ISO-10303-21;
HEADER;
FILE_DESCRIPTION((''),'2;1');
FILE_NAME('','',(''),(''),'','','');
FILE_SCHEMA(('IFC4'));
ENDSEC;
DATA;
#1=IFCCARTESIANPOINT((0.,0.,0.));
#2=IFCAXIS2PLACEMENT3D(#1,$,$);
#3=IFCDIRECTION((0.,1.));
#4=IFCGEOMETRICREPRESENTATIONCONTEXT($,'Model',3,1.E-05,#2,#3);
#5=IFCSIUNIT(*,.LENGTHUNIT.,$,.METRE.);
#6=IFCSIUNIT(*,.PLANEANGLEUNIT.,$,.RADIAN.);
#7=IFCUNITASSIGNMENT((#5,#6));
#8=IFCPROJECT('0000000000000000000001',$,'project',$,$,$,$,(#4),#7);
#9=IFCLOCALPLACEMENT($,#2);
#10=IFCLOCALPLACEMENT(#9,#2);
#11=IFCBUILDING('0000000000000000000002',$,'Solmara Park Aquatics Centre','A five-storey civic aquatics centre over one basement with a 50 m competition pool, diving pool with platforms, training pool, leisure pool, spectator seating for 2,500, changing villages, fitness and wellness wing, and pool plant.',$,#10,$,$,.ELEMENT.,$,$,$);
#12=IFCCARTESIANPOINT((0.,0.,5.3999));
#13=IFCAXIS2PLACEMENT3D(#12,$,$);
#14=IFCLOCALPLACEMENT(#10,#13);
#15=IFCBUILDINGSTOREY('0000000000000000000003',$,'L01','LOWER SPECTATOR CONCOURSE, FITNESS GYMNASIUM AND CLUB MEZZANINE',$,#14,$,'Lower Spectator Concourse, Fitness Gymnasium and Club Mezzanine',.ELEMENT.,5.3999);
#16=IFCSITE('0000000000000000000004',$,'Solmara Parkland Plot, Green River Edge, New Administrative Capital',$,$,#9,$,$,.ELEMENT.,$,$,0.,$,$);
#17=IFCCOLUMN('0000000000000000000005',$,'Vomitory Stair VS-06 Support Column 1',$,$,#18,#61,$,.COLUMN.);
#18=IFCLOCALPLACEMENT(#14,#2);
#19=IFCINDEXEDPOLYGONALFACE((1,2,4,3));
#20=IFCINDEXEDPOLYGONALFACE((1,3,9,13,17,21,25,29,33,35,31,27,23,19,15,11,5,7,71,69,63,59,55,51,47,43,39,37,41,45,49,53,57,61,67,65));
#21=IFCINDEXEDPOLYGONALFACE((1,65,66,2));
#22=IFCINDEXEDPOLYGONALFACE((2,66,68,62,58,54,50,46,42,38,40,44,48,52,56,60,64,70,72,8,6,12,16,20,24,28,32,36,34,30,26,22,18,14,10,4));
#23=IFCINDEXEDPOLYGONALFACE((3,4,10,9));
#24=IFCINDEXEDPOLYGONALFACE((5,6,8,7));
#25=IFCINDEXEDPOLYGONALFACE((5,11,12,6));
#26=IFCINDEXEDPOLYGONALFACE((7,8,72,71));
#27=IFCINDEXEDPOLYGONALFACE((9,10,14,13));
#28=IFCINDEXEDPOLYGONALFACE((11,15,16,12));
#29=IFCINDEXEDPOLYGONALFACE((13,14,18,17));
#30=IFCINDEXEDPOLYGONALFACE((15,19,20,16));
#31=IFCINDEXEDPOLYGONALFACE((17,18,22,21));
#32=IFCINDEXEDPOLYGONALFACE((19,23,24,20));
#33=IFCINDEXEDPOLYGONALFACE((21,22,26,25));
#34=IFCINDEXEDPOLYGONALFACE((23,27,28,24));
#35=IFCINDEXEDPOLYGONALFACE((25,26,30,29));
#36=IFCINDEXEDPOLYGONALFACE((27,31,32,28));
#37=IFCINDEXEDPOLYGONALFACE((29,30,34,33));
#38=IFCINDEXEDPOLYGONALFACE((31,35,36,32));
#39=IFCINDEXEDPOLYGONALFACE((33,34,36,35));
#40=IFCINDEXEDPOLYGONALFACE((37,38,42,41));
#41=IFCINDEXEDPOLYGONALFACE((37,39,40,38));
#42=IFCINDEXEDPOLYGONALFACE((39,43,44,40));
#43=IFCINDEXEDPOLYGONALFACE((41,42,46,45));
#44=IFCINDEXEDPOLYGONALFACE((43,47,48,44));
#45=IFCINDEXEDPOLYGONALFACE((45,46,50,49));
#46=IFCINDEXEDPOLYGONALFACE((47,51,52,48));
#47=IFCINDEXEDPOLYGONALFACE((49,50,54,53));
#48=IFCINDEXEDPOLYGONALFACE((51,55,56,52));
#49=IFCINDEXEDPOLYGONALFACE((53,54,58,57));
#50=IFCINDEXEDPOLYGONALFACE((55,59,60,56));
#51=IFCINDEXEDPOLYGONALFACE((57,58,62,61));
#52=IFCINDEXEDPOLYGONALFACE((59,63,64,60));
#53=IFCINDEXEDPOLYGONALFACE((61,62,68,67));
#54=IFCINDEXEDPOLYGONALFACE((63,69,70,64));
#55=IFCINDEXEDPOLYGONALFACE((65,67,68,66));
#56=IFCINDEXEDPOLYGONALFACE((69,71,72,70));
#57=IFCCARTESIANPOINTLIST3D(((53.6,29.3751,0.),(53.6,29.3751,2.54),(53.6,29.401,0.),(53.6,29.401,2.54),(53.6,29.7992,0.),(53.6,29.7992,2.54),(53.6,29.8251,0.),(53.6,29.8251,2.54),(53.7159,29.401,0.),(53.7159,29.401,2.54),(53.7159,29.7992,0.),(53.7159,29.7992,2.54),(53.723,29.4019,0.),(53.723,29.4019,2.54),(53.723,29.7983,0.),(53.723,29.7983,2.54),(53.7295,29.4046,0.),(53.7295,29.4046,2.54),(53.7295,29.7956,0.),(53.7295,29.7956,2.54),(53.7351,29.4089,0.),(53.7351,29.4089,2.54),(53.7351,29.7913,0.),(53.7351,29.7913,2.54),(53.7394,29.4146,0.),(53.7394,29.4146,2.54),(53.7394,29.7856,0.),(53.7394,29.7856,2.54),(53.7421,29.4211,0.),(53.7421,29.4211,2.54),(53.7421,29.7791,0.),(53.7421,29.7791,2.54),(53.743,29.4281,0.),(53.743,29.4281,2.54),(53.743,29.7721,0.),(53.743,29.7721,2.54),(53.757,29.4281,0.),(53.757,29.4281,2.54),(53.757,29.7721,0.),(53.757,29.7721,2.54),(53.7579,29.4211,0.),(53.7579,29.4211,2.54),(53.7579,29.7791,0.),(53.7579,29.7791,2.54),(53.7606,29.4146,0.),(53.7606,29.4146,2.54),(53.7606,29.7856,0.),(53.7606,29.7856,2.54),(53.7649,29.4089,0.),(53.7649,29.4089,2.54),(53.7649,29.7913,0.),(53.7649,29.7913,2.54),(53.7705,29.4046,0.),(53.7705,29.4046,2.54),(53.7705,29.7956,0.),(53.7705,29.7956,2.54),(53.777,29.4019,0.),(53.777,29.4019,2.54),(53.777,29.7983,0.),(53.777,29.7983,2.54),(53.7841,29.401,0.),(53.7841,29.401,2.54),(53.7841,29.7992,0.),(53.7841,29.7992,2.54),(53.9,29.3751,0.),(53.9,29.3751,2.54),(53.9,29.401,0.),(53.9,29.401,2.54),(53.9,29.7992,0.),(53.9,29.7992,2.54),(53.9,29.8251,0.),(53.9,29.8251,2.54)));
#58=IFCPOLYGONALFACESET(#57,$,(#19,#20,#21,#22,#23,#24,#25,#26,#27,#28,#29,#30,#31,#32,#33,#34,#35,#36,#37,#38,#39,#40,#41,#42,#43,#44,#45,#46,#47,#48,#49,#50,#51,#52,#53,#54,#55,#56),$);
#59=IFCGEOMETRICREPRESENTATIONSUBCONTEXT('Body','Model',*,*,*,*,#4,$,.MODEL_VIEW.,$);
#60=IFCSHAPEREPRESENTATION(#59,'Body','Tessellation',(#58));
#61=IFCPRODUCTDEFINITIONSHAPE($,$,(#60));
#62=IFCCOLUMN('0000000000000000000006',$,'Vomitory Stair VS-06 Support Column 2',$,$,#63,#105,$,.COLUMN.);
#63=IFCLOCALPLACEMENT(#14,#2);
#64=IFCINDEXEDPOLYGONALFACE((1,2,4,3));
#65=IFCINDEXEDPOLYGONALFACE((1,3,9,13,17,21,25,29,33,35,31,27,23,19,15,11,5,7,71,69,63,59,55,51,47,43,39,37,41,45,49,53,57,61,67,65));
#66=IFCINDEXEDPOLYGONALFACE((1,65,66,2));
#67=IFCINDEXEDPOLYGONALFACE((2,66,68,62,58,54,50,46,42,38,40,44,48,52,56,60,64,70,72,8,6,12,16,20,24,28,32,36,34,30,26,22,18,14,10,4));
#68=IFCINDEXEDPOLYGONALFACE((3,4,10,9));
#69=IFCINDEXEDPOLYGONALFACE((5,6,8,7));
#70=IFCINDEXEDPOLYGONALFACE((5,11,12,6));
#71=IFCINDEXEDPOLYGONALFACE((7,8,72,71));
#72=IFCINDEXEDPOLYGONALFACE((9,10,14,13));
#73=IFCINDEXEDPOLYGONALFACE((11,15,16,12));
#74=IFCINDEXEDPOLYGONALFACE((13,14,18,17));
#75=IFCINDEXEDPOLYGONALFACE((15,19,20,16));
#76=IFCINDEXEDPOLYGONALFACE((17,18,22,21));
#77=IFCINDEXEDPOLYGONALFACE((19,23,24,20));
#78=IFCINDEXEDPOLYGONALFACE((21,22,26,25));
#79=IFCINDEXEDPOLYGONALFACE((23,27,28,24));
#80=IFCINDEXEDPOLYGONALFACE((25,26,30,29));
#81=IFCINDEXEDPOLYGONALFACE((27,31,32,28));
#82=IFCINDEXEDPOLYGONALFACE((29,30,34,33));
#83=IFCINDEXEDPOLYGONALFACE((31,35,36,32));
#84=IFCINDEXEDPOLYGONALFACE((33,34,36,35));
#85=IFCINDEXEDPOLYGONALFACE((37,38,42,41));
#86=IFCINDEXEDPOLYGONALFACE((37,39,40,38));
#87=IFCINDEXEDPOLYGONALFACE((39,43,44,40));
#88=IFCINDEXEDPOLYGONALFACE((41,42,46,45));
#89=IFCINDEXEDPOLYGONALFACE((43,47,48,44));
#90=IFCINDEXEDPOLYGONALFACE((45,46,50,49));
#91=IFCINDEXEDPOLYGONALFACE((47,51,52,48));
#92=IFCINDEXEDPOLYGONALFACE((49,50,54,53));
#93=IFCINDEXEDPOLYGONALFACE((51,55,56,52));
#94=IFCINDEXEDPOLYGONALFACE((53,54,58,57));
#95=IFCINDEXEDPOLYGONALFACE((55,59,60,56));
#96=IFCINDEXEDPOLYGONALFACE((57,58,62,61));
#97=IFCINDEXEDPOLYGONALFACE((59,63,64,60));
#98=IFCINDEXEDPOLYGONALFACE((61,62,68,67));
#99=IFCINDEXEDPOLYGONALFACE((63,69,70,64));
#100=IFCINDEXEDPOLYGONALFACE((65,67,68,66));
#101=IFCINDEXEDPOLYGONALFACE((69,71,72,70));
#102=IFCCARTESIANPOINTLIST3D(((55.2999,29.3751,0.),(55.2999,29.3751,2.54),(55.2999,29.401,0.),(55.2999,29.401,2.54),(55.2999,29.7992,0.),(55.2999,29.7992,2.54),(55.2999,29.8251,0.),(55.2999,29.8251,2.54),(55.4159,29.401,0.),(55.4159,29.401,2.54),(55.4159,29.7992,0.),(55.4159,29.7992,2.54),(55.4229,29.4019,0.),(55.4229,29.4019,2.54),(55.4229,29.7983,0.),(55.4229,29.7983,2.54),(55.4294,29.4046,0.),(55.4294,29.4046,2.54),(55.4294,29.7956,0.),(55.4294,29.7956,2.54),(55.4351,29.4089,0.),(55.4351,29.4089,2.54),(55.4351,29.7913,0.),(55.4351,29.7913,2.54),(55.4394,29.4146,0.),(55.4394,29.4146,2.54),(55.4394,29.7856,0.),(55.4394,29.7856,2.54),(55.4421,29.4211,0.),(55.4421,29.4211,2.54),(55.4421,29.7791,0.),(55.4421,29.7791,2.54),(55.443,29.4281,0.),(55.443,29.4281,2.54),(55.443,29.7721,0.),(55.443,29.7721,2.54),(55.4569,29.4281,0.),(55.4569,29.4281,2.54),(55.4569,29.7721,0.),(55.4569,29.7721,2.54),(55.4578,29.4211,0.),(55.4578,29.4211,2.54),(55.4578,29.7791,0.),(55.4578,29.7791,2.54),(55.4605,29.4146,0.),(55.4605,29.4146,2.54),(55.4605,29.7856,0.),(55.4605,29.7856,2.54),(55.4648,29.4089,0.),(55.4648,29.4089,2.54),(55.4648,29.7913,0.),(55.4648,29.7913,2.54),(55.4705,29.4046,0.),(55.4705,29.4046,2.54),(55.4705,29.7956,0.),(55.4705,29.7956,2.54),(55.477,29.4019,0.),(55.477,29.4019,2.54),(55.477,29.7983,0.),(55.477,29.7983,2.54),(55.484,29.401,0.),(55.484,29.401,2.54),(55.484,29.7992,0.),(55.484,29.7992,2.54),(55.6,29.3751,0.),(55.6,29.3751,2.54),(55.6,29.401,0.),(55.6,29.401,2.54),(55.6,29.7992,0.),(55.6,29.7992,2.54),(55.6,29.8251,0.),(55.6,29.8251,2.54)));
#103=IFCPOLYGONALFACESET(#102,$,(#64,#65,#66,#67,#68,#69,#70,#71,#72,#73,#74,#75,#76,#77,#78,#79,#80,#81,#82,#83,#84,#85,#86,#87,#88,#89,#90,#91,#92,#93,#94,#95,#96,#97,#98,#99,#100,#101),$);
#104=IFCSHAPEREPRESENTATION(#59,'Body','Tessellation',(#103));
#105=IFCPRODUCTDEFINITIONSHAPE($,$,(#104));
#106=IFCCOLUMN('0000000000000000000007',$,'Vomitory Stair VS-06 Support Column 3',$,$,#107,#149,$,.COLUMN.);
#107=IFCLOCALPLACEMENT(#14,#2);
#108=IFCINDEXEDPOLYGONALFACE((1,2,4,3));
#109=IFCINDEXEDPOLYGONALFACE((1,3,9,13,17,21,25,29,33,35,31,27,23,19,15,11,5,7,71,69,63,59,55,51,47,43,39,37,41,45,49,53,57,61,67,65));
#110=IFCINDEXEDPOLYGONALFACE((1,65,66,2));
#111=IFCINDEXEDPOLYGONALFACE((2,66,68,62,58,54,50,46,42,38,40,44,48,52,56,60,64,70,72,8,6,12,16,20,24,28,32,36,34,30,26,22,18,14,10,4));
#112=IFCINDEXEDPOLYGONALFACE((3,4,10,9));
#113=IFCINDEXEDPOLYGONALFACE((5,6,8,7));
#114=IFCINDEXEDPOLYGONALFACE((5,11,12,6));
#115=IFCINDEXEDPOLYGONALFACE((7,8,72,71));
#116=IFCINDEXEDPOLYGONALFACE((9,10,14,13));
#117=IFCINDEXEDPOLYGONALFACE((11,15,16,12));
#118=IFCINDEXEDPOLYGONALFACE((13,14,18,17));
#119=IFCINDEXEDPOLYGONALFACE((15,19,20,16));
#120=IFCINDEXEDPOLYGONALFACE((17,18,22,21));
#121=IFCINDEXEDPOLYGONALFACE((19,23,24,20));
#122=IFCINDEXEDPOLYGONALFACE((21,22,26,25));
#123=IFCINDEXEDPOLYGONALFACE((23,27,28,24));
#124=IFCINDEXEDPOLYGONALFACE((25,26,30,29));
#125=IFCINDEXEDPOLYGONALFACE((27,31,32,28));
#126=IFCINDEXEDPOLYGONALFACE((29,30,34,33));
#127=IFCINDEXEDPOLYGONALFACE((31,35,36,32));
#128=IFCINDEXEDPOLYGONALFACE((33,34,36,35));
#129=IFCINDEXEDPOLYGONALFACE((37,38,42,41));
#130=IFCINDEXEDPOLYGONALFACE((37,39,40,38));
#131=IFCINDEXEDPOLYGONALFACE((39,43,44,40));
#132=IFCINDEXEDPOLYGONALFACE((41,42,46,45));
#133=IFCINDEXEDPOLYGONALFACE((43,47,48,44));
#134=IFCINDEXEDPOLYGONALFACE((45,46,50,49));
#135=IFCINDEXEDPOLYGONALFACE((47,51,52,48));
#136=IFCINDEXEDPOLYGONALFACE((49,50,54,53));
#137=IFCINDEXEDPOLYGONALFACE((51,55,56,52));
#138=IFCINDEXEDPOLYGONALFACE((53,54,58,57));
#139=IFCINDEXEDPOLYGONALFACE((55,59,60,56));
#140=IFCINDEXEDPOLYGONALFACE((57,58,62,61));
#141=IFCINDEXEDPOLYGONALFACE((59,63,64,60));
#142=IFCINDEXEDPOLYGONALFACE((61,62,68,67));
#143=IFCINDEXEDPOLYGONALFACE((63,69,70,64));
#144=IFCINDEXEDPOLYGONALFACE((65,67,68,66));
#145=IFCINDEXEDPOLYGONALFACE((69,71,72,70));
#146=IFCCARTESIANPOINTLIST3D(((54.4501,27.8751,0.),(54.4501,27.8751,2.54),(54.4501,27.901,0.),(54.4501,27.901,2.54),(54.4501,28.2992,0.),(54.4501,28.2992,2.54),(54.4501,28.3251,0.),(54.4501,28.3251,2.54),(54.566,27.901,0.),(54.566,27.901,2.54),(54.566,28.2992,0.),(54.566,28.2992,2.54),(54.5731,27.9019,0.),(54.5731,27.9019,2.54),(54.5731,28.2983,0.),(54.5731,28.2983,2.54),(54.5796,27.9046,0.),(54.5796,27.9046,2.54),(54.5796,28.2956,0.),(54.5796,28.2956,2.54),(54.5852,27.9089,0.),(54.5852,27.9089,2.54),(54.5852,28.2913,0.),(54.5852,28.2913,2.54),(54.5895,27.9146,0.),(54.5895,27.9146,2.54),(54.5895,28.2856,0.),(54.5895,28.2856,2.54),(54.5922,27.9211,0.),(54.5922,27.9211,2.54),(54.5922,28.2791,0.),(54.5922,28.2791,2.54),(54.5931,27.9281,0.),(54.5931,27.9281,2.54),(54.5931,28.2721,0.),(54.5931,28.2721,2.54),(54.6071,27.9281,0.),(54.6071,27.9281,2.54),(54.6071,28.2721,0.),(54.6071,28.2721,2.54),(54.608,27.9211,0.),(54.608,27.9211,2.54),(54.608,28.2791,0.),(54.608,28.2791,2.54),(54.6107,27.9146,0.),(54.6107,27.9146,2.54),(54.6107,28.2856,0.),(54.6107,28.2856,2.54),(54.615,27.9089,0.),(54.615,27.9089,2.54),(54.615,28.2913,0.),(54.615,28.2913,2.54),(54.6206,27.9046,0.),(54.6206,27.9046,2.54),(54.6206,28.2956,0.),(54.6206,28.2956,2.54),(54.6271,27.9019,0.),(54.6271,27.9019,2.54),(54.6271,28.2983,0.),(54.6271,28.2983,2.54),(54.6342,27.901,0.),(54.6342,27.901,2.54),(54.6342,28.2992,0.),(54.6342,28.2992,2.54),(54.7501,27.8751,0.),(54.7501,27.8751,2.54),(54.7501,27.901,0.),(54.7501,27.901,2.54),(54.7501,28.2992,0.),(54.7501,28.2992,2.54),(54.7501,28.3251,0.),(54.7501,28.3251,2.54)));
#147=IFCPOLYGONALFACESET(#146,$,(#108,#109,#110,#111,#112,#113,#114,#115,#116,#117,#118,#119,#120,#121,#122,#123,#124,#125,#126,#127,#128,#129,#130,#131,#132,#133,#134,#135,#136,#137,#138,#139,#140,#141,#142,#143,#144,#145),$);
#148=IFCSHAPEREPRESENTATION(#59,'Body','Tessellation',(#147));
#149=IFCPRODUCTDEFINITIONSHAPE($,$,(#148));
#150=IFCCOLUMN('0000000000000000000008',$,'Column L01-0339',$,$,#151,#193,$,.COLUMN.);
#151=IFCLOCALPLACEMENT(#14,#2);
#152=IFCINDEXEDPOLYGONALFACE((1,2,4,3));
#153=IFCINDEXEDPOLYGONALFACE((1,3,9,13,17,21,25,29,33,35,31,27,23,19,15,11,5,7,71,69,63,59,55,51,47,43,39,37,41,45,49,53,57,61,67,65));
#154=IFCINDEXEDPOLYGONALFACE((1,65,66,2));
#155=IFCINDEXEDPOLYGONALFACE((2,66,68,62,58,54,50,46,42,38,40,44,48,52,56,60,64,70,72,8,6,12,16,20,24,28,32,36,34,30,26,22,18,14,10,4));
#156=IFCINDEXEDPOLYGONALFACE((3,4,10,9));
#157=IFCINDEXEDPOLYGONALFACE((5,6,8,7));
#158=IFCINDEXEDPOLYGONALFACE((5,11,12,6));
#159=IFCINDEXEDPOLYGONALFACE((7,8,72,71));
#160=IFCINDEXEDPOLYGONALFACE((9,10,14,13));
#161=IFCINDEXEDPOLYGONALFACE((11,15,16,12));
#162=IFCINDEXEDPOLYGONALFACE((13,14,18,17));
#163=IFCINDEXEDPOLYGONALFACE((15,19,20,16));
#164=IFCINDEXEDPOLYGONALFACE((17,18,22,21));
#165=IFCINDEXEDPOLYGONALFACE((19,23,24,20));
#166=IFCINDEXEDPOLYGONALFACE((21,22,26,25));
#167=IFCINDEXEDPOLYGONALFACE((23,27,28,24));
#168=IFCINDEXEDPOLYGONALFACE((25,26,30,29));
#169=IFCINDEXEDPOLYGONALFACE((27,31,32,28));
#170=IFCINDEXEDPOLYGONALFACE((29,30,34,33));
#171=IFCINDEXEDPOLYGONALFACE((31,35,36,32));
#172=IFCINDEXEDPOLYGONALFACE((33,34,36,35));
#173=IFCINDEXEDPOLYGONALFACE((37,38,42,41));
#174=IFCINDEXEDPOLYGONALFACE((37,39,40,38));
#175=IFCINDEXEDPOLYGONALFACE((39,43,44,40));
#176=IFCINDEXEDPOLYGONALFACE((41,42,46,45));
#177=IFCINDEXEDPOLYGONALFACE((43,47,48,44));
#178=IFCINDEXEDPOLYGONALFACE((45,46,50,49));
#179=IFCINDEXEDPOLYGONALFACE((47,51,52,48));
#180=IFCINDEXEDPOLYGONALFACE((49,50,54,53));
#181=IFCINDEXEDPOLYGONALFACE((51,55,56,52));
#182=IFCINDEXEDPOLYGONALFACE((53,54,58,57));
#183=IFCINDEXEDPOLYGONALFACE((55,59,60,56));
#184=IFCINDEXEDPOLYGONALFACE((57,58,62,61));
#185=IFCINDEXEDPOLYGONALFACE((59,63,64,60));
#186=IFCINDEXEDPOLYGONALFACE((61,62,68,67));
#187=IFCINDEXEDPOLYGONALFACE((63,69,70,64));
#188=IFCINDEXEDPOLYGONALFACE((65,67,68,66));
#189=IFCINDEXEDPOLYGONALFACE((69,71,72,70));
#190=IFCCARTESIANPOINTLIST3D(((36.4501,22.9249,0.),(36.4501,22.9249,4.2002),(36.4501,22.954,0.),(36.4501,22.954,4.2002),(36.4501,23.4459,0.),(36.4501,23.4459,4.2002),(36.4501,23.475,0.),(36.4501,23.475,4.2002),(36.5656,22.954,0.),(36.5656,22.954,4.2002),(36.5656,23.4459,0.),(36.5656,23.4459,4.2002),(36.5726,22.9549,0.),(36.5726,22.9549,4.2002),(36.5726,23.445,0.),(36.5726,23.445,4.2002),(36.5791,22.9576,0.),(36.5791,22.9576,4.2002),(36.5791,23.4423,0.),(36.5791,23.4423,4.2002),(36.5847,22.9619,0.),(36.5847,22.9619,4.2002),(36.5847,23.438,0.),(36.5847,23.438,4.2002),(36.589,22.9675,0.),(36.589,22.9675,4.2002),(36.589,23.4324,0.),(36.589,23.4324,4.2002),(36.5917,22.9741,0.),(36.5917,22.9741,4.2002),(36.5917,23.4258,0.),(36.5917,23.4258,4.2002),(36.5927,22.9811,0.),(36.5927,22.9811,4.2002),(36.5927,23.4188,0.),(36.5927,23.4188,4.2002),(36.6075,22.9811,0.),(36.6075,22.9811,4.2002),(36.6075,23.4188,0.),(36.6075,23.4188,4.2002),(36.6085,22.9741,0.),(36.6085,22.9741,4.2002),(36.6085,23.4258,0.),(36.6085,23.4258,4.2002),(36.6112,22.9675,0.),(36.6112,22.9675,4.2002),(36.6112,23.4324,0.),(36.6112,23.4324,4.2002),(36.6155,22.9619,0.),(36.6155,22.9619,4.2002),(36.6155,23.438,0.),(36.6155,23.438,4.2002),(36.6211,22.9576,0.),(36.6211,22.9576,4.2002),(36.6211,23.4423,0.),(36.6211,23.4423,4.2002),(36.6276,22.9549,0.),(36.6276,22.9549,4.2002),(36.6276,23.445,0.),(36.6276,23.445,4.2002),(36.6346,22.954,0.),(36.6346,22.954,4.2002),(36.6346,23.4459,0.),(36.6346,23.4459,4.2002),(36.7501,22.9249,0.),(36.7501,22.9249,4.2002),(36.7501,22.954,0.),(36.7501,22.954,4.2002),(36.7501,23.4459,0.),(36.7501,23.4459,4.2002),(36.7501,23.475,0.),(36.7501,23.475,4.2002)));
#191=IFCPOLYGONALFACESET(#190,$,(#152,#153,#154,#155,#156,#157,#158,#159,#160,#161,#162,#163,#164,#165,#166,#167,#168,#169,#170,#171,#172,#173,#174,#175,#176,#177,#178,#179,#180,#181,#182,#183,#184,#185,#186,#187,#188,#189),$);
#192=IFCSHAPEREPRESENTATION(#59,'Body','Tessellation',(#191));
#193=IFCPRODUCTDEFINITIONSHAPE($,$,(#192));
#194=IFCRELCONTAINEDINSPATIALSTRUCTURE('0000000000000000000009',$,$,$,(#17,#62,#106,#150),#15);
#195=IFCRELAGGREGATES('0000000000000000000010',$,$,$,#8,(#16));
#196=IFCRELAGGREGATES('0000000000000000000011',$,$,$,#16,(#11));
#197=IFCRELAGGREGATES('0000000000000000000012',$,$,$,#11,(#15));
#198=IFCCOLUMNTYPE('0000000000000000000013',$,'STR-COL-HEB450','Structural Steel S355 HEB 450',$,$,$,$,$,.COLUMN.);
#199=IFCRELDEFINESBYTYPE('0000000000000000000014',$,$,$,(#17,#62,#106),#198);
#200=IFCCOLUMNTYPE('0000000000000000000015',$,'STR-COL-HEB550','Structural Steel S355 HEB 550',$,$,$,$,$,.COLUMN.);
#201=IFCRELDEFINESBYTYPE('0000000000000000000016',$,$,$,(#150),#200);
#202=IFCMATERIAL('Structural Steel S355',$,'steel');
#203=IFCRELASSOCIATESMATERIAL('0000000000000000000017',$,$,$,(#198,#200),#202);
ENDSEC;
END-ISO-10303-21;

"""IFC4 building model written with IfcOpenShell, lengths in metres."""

from ifc_helpers import new_model, si_unit, direction, frame, origin, origin_2d, place, context, subcontext, project, spatial, i_section, extrude, material, material_profile, profile_set, type_object, element, save


model = new_model("IFC4")

# Units and contexts
model_context = context("Model", 3, precision=1e-05, world=origin(), true_north=direction((0.0, 1.0)))
body_context = subcontext(model_context, "Body", "Model", "MODEL_VIEW")
ifc_project = project(units=[si_unit("LENGTHUNIT", "METRE"), si_unit("PLANEANGLEUNIT", "RADIAN")], contexts=[model_context])

# Site, building, storey
site_placement = place(None, origin())
site = spatial("IfcSite", under=ifc_project, at=site_placement, Name="Solmara Parkland Plot, Green River Edge, New Administrative Capital", CompositionType="ELEMENT", RefElevation=0.0)
building_placement = place(site_placement, origin())
building = spatial("IfcBuilding", under=site, at=building_placement, Name="Solmara Park Aquatics Centre", Description="A five-storey civic aquatics centre over one basement with a 50 m competition pool, diving pool with platforms, training pool, leisure pool, spectator seating for 2,500, changing villages, fitness and wellness wing, and pool plant.", CompositionType="ELEMENT")
storey_placement = place(building_placement, frame((0.0, 0.0, 5.3999)))
storey = spatial("IfcBuildingStorey", under=building, at=storey_placement, Name="L01", Description="LOWER SPECTATOR CONCOURSE, FITNESS GYMNASIUM AND CLUB MEZZANINE", LongName="Lower Spectator Concourse, Fitness Gymnasium and Club Mezzanine", CompositionType="ELEMENT", Elevation=5.3999)

# Columns
ifc_material_1 = material(Name="Structural Steel S355", Category="steel")
ifc_material_profile_1 = material_profile(ifc_material_1, i_section(OverallWidth=0.3, OverallDepth=0.45, WebThickness=0.0139, FlangeThickness=0.0259, FilletRadius=0.0271, at=origin_2d()), Name="HEB 450")
ifc_profile_set_1 = profile_set([ifc_material_profile_1], Name="Structural Steel S355")
column_type_1 = type_object("IfcColumnType", Name="STR-COL-HEB450", Description="Structural Steel S355 HEB 450", PredefinedType="COLUMN", material=ifc_profile_set_1)
for number, where, z_axis, x_axis, name in (
    (1, (53.75, 29.6001, 0.0), (0.0, 0.0, 1.0), (1.0, 0.0, 0.0), "Vomitory Stair VS-06 Support Column 1"),
    (2, (55.45, 29.6001, 0.0), (0.0, 0.0, 1.0), (1.0, 0.0, 0.0), "Vomitory Stair VS-06 Support Column 2"),
    (3, (54.6001, 28.1001, 0.0), (0.0, 0.0, 1.0), (1.0, 0.0, 0.0), "Vomitory Stair VS-06 Support Column 3"),
):
    element("IfcColumn", number, at=place(storey_placement, frame(where, z_axis=z_axis, x_axis=x_axis)), inside=storey, type_object=column_type_1, Name=name, PredefinedType="COLUMN", context=body_context, shape_type="SweptSolid", body=[
        extrude(i_section(OverallWidth=0.3, OverallDepth=0.45, WebThickness=0.0139, FlangeThickness=0.0259, FilletRadius=0.0271, at=origin_2d()), origin(), (0.0, 0.0, 1.0), 2.54),
    ])
ifc_material_profile_2 = material_profile(ifc_material_1, i_section(OverallWidth=0.3, OverallDepth=0.55, WebThickness=0.0149, FlangeThickness=0.0291, FilletRadius=0.0271, at=origin_2d()), Name="HEB 550")
ifc_profile_set_2 = profile_set([ifc_material_profile_2], Name="Structural Steel S355")
column_type_2 = type_object("IfcColumnType", Name="STR-COL-HEB550", Description="Structural Steel S355 HEB 550", PredefinedType="COLUMN", material=ifc_profile_set_2)
for number, where, z_axis, x_axis, name in (
    (4, (36.6001, 23.2, 0.0), (0.0, 0.0, 1.0), (1.0, 0.0, 0.0), "Column L01-0339"),
):
    element("IfcColumn", number, at=place(storey_placement, frame(where, z_axis=z_axis, x_axis=x_axis)), inside=storey, type_object=column_type_2, Name=name, PredefinedType="COLUMN", context=body_context, shape_type="SweptSolid", body=[
        extrude(i_section(OverallWidth=0.3, OverallDepth=0.55, WebThickness=0.0149, FlangeThickness=0.0291, FilletRadius=0.0271, at=origin_2d()), origin(), (0.0, 0.0, 1.0), 4.2002),
    ])

save(model, "model.ifc")
